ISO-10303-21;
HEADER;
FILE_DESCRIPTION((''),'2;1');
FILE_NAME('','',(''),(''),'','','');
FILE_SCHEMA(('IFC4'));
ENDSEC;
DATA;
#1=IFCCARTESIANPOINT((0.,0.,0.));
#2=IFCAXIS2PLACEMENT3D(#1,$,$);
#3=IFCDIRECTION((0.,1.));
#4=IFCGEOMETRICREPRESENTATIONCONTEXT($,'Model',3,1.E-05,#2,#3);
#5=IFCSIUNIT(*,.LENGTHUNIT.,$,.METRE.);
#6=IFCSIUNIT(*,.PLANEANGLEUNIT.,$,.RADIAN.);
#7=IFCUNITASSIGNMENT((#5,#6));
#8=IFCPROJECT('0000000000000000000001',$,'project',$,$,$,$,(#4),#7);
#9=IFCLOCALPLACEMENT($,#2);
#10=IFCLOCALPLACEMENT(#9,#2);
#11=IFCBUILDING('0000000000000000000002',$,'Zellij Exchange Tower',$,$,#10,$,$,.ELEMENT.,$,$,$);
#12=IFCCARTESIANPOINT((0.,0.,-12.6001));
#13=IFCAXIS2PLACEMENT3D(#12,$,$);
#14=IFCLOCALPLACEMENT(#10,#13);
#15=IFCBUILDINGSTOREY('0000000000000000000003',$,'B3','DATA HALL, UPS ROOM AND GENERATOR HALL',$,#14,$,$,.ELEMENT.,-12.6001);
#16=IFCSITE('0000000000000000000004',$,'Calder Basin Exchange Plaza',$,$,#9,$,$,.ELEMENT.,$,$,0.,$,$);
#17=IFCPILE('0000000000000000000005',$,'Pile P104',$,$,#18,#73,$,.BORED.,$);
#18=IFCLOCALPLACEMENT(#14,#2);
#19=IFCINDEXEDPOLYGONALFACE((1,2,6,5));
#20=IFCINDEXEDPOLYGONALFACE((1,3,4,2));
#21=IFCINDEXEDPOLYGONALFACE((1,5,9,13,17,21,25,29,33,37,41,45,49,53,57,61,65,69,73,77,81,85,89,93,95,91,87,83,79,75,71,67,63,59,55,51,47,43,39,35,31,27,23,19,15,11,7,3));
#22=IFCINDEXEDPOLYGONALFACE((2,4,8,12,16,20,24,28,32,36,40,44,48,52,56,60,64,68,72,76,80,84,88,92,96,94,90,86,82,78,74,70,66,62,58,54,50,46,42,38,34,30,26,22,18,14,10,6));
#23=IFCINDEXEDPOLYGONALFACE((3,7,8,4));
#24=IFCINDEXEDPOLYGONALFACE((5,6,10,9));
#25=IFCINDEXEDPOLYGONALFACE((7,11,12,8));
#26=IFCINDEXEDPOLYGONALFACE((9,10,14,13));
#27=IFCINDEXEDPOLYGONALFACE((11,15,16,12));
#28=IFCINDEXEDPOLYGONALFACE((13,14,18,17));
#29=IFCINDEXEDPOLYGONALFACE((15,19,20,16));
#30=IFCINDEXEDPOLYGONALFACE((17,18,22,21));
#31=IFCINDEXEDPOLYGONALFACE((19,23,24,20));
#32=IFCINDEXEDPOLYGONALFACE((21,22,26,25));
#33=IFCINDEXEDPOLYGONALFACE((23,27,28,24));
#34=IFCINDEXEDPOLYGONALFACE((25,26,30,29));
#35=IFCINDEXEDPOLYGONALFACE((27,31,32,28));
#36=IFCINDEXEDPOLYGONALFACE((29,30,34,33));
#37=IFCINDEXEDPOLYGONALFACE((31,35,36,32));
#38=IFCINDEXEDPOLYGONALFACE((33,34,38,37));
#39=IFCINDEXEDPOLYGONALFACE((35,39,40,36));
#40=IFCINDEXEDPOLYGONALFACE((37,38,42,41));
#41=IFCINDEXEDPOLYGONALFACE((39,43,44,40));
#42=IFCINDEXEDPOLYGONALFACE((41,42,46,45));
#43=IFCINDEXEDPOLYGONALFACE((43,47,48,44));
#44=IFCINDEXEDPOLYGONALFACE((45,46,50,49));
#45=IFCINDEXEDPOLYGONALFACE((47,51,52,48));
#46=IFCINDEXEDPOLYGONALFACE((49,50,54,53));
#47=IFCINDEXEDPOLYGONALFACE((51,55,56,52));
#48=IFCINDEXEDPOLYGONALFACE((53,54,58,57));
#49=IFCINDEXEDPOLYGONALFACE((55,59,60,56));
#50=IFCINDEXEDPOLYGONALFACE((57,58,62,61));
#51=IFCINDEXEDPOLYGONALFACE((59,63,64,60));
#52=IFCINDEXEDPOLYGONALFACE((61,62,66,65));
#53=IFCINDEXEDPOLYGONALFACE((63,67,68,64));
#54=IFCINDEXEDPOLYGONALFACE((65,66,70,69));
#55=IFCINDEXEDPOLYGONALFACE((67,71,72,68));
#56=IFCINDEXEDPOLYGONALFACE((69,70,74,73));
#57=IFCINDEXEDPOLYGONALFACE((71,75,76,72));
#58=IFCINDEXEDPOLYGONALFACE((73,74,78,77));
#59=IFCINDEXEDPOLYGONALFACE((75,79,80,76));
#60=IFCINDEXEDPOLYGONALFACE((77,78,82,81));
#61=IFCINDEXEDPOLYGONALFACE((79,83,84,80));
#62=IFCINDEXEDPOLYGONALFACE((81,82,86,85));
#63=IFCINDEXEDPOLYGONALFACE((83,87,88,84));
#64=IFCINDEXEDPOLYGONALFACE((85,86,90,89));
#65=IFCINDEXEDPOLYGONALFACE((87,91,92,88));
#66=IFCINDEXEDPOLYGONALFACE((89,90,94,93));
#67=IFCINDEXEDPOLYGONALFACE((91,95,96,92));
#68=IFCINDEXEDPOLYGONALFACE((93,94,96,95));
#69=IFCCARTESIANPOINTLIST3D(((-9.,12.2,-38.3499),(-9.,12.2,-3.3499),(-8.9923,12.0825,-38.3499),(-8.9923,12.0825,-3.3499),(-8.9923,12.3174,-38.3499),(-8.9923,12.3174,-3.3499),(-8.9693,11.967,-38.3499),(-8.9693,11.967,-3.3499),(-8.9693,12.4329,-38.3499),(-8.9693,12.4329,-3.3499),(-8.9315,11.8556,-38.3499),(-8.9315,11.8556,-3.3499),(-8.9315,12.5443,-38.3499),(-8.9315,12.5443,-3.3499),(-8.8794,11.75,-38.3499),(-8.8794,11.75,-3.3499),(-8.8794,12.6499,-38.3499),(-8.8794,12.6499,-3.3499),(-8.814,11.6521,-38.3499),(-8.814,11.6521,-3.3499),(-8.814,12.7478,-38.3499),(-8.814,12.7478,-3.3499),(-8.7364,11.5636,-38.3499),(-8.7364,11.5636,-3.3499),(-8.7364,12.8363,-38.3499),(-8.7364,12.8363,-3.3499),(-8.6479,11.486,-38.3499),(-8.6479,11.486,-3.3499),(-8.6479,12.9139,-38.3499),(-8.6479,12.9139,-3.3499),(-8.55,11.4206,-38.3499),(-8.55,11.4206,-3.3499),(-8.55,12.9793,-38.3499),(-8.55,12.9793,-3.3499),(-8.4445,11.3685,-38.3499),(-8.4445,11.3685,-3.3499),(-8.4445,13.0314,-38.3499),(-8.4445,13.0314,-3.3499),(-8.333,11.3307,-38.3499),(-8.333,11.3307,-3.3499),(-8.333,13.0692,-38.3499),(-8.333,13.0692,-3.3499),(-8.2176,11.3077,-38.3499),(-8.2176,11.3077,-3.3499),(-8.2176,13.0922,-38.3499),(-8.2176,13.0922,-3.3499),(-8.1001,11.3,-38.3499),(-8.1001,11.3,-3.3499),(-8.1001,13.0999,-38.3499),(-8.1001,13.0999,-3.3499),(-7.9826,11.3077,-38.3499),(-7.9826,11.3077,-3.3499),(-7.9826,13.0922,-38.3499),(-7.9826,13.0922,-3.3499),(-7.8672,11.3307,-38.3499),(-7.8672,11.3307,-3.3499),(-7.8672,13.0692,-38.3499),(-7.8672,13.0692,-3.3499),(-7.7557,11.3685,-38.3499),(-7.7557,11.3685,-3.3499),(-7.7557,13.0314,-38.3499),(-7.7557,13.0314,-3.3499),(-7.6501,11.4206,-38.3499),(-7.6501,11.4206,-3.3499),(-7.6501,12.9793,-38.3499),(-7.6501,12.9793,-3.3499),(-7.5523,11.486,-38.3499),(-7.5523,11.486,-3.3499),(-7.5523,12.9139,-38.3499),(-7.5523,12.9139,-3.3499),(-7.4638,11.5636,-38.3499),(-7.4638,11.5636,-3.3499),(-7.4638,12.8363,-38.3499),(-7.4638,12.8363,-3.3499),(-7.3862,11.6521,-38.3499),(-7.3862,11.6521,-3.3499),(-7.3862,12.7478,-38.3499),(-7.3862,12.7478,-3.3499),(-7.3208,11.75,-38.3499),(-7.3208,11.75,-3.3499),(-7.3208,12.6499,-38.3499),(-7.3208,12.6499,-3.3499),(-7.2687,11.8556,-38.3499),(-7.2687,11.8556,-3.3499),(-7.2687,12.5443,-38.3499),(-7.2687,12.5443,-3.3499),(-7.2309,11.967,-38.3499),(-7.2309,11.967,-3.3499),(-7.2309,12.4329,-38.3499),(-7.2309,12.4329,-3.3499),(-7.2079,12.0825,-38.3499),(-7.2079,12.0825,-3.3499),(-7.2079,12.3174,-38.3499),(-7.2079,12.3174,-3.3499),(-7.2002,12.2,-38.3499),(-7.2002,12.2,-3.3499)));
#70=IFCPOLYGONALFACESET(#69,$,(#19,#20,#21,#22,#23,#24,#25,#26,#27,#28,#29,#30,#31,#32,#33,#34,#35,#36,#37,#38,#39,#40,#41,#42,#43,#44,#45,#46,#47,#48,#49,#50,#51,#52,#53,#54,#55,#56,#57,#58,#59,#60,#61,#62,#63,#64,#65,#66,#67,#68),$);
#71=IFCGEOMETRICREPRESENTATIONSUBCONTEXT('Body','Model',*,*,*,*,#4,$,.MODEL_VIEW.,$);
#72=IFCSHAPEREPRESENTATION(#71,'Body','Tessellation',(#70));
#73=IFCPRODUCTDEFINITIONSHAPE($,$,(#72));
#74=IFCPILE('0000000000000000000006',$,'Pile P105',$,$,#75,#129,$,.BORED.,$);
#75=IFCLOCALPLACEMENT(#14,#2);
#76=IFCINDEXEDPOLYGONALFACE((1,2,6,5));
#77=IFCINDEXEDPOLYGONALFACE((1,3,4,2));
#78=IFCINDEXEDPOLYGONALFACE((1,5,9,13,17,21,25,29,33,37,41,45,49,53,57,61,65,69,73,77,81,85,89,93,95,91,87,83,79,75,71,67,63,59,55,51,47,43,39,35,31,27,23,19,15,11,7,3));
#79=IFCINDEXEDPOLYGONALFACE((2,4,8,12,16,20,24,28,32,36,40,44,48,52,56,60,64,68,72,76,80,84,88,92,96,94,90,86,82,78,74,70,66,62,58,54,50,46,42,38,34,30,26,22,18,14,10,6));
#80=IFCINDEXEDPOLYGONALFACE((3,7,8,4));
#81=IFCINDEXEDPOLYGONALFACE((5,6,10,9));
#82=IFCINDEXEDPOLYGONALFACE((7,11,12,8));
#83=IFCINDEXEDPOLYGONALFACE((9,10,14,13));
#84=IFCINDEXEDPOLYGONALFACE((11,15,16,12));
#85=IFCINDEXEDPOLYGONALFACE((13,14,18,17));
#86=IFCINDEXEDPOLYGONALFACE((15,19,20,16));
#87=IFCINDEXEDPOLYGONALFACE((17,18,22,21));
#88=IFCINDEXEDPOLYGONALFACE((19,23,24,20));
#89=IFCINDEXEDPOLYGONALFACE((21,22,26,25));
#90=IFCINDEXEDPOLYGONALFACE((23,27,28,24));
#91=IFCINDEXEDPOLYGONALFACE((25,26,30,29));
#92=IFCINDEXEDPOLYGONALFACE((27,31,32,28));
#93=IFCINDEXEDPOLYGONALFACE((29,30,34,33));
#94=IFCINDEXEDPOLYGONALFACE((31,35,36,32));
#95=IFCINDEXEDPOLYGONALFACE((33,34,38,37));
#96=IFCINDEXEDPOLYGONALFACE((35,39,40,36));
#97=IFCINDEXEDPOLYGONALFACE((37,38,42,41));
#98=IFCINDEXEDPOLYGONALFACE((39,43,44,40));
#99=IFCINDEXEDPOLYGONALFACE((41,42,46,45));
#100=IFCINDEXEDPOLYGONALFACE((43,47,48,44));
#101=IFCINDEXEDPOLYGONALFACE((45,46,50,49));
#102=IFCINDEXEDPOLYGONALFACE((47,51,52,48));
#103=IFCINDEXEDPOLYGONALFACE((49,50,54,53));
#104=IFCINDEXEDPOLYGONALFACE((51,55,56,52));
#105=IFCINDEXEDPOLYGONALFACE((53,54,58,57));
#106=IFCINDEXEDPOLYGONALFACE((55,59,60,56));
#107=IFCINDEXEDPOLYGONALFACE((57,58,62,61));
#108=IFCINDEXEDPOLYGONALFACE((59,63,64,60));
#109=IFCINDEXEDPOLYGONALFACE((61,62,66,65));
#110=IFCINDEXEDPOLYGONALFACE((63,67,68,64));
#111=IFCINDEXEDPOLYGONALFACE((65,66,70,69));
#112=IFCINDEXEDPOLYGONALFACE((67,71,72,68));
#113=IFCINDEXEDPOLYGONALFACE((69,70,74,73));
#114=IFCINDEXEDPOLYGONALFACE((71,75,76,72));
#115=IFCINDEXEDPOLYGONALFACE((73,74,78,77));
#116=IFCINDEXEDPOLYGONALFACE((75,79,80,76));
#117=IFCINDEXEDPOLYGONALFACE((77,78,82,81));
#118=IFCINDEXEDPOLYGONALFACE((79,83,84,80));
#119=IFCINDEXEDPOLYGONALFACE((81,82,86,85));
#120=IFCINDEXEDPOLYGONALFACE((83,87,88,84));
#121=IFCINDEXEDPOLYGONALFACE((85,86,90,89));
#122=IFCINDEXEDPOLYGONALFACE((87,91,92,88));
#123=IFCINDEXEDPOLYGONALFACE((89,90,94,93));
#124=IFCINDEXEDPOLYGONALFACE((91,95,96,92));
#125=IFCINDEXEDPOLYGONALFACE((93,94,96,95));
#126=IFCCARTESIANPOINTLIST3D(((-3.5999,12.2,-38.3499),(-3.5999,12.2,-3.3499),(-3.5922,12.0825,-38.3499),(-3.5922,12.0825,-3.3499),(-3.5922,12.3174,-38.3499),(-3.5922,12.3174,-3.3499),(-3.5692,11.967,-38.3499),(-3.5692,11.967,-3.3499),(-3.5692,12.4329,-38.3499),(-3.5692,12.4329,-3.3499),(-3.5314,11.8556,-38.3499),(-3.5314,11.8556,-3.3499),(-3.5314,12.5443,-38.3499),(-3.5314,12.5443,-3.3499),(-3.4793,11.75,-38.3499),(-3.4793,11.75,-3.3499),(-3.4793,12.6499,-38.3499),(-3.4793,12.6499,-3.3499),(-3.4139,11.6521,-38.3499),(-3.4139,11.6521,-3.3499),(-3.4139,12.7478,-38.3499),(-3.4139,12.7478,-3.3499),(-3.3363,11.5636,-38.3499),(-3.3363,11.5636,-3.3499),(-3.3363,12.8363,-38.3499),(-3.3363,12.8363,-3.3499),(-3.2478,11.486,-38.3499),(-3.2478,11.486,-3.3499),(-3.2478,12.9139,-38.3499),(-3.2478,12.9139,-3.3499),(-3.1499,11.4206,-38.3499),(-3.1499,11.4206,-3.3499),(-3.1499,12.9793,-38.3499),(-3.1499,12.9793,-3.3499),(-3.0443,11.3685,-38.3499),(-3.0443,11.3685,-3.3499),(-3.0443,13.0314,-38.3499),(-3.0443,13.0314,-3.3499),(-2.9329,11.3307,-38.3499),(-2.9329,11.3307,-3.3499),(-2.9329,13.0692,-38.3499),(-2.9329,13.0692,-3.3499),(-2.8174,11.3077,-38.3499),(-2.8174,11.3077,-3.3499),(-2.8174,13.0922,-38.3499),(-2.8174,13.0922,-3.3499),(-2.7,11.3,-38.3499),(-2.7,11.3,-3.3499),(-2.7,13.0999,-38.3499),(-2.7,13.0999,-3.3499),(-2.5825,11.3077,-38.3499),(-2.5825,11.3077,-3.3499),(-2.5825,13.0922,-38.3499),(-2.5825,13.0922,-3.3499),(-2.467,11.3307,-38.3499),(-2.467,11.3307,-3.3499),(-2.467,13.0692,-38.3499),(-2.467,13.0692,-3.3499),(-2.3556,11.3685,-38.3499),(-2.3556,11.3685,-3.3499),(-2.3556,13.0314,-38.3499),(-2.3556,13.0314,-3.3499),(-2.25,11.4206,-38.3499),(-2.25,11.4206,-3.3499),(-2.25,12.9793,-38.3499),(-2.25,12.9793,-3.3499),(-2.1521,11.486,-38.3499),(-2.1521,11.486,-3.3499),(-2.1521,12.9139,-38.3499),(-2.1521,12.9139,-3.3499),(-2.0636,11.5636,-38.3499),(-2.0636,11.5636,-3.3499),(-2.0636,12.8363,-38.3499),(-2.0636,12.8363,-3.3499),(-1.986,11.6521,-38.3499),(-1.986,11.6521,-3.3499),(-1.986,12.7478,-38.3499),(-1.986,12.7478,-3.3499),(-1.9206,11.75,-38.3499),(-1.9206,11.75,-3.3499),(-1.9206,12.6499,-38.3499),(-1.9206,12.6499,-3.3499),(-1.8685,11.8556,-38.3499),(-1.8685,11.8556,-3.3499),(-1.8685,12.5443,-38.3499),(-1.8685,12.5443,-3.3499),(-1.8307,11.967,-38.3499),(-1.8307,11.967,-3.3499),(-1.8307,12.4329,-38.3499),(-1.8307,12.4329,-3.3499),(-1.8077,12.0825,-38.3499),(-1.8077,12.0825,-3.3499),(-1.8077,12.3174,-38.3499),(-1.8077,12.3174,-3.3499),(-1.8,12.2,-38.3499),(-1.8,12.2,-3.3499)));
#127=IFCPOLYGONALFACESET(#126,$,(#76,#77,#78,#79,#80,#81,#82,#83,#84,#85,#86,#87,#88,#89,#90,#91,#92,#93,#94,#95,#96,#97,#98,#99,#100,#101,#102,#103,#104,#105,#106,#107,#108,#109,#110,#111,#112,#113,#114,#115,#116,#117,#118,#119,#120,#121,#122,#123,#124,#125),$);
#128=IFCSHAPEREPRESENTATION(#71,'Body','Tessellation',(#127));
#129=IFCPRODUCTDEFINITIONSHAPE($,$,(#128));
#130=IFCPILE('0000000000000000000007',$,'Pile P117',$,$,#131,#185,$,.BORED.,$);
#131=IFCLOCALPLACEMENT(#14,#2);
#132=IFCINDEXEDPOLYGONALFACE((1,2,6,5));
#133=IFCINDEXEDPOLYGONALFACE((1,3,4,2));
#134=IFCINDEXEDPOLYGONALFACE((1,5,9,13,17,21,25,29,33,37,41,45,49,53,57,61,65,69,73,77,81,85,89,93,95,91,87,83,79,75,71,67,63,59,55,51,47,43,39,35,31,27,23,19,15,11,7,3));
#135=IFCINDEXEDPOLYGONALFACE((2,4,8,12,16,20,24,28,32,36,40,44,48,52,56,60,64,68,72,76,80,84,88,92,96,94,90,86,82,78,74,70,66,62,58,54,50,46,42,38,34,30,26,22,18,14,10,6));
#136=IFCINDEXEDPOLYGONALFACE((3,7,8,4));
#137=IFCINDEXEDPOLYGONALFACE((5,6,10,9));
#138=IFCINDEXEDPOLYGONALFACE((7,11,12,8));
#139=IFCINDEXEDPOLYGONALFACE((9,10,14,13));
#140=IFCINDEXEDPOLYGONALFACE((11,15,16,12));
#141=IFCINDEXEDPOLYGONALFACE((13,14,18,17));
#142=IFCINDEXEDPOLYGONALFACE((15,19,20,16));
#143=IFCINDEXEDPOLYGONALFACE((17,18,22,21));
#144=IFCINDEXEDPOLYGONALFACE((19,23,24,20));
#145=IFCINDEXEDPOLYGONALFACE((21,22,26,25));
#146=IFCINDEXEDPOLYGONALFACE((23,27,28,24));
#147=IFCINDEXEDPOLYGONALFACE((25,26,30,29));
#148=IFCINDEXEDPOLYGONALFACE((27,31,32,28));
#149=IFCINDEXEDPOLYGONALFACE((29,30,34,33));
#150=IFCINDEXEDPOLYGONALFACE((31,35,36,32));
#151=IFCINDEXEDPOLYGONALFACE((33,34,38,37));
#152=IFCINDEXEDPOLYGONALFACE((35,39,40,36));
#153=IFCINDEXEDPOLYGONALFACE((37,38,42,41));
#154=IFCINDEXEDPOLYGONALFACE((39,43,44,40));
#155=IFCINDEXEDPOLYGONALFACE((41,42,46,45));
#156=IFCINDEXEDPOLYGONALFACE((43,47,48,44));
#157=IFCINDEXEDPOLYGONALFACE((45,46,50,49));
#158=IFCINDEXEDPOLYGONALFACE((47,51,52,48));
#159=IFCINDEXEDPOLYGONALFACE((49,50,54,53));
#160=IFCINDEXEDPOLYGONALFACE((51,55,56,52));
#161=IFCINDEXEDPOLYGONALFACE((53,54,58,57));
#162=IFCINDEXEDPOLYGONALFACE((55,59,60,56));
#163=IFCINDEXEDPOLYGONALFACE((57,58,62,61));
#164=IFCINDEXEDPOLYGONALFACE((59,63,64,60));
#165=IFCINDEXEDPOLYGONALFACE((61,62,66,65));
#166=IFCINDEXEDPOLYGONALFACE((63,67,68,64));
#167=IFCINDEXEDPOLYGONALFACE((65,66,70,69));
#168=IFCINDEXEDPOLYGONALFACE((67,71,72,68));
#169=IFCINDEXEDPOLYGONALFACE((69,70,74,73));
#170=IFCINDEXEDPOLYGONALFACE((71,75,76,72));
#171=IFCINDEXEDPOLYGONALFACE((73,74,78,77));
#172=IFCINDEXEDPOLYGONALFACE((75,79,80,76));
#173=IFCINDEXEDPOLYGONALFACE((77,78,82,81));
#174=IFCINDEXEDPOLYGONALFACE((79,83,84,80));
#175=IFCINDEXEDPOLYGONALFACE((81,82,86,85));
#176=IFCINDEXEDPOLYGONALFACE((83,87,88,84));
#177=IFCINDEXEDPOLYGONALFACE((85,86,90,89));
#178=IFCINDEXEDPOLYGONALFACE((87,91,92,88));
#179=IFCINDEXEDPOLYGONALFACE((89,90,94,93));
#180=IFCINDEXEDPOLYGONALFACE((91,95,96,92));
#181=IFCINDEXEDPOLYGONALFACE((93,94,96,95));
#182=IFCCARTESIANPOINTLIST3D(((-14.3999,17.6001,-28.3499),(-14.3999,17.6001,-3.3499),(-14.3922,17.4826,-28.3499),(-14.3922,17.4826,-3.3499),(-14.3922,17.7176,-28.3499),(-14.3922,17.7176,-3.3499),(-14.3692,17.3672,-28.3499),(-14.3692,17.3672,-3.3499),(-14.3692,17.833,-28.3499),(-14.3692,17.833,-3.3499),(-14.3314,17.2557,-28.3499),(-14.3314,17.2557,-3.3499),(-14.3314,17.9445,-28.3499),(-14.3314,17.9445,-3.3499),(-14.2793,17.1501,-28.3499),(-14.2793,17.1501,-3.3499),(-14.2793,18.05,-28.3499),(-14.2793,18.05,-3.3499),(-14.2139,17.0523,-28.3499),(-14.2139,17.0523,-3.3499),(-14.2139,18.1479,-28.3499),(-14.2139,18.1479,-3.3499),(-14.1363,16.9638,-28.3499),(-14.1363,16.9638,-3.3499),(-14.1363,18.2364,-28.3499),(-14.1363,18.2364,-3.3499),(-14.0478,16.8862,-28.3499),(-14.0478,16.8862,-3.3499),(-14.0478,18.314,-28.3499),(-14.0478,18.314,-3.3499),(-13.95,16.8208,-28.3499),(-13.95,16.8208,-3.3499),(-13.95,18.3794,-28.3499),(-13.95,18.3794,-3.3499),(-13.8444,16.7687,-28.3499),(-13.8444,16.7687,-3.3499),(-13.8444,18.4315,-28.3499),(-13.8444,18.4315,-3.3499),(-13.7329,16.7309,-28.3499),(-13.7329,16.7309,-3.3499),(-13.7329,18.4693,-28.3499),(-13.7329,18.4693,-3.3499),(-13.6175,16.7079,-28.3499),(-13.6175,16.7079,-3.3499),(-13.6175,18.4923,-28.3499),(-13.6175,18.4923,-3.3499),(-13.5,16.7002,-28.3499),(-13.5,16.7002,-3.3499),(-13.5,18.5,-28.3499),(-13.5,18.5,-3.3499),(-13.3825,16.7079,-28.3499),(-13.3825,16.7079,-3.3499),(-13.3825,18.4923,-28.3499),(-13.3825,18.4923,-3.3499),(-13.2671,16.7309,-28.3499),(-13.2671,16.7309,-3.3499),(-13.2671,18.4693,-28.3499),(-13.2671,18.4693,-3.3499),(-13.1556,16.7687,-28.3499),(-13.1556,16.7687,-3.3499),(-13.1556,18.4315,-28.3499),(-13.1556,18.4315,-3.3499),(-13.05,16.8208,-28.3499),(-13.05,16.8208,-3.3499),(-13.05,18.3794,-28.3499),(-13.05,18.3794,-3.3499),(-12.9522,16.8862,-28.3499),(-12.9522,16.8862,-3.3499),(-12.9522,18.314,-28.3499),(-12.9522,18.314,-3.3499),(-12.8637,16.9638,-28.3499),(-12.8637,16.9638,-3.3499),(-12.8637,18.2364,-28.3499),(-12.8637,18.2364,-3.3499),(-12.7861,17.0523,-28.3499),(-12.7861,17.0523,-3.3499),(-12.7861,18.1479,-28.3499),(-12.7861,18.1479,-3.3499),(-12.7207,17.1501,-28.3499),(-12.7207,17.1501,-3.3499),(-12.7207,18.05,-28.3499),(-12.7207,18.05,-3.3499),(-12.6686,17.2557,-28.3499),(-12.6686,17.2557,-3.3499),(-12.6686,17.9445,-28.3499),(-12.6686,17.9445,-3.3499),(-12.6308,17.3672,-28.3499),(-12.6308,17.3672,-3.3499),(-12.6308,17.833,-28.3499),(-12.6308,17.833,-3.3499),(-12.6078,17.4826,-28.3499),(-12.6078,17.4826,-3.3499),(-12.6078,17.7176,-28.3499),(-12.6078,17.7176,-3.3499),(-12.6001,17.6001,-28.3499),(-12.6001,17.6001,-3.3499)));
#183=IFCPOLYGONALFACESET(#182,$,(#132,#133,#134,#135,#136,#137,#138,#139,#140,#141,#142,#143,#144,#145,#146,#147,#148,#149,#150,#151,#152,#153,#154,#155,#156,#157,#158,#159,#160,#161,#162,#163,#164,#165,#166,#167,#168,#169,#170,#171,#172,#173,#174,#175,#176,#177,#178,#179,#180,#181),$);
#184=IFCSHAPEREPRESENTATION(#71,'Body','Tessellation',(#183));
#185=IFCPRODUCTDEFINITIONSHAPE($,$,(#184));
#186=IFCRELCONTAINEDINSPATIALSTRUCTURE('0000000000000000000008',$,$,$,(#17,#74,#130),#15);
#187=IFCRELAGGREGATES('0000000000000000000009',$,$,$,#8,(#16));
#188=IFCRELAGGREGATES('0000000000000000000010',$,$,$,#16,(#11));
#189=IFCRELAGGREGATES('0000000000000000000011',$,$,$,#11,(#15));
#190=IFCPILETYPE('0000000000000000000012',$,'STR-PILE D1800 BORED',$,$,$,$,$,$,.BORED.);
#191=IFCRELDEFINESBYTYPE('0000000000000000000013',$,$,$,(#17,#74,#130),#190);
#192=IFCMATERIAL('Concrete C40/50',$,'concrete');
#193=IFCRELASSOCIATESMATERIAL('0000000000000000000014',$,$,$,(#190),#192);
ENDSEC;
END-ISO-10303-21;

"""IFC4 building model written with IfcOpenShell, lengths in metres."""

from ifc_helpers import new_model, si_unit, direction, frame, origin, origin_2d, place, context, subcontext, project, spatial, circle, extrude, material, material_profile, profile_set, type_object, element, save


model = new_model("IFC4")

# Units and contexts
model_context = context("Model", 3, precision=1e-05, world=origin(), true_north=direction((0.0, 1.0)))
body_context = subcontext(model_context, "Body", "Model", "MODEL_VIEW")
ifc_project = project(units=[si_unit("LENGTHUNIT", "METRE"), si_unit("PLANEANGLEUNIT", "RADIAN")], contexts=[model_context])

# Site, building, storey
site_placement = place(None, origin())
site = spatial("IfcSite", under=ifc_project, at=site_placement, Name="Calder Basin Exchange Plaza", CompositionType="ELEMENT", RefElevation=0.0)
building_placement = place(site_placement, origin())
building = spatial("IfcBuilding", under=site, at=building_placement, Name="Zellij Exchange Tower", CompositionType="ELEMENT")
storey_placement = place(building_placement, frame((0.0, 0.0, -12.6001)))
storey = spatial("IfcBuildingStorey", under=building, at=storey_placement, Name="B3", Description="DATA HALL, UPS ROOM AND GENERATOR HALL", CompositionType="ELEMENT", Elevation=-12.6001)

# Piles
ifc_material_1 = material(Name="Concrete C40/50", Category="concrete")
ifc_material_profile_1 = material_profile(ifc_material_1, circle(Radius=0.8999, at=origin_2d()), Name="STR-PILE D1800 BORED")
ifc_profile_set_1 = profile_set([ifc_material_profile_1], Name="Concrete C40/50")
pile_type = type_object("IfcPileType", Name="STR-PILE D1800 BORED", PredefinedType="BORED", material=ifc_profile_set_1)
for number, where, z_axis, x_axis, name in (
    (1, (-8.1001, 12.2, -3.3499), (0.0, 0.0, -1.0), (1.0, 0.0, 0.0), "Pile P104"),
    (2, (-2.7, 12.2, -3.3499), (0.0, 0.0, -1.0), (1.0, 0.0, 0.0), "Pile P105"),
):
    element("IfcPile", number, at=place(storey_placement, frame(where, z_axis=z_axis, x_axis=x_axis)), inside=storey, type_object=pile_type, Name=name, PredefinedType="BORED", context=body_context, shape_type="SweptSolid", body=[
        extrude(circle(Radius=0.8999, at=origin_2d()), origin(), (0.0, 0.0, 1.0), 35.0),
    ])
for number, where, z_axis, x_axis, name in (
    (3, (-13.5, 17.6001, -3.3499), (0.0, 0.0, -1.0), (1.0, 0.0, 0.0), "Pile P117"),
):
    element("IfcPile", number, at=place(storey_placement, frame(where, z_axis=z_axis, x_axis=x_axis)), inside=storey, type_object=pile_type, Name=name, PredefinedType="BORED", context=body_context, shape_type="SweptSolid", body=[
        extrude(circle(Radius=0.8999, at=origin_2d()), origin(), (0.0, 0.0, 1.0), 25.0),
    ])

save(model, "model.ifc")
